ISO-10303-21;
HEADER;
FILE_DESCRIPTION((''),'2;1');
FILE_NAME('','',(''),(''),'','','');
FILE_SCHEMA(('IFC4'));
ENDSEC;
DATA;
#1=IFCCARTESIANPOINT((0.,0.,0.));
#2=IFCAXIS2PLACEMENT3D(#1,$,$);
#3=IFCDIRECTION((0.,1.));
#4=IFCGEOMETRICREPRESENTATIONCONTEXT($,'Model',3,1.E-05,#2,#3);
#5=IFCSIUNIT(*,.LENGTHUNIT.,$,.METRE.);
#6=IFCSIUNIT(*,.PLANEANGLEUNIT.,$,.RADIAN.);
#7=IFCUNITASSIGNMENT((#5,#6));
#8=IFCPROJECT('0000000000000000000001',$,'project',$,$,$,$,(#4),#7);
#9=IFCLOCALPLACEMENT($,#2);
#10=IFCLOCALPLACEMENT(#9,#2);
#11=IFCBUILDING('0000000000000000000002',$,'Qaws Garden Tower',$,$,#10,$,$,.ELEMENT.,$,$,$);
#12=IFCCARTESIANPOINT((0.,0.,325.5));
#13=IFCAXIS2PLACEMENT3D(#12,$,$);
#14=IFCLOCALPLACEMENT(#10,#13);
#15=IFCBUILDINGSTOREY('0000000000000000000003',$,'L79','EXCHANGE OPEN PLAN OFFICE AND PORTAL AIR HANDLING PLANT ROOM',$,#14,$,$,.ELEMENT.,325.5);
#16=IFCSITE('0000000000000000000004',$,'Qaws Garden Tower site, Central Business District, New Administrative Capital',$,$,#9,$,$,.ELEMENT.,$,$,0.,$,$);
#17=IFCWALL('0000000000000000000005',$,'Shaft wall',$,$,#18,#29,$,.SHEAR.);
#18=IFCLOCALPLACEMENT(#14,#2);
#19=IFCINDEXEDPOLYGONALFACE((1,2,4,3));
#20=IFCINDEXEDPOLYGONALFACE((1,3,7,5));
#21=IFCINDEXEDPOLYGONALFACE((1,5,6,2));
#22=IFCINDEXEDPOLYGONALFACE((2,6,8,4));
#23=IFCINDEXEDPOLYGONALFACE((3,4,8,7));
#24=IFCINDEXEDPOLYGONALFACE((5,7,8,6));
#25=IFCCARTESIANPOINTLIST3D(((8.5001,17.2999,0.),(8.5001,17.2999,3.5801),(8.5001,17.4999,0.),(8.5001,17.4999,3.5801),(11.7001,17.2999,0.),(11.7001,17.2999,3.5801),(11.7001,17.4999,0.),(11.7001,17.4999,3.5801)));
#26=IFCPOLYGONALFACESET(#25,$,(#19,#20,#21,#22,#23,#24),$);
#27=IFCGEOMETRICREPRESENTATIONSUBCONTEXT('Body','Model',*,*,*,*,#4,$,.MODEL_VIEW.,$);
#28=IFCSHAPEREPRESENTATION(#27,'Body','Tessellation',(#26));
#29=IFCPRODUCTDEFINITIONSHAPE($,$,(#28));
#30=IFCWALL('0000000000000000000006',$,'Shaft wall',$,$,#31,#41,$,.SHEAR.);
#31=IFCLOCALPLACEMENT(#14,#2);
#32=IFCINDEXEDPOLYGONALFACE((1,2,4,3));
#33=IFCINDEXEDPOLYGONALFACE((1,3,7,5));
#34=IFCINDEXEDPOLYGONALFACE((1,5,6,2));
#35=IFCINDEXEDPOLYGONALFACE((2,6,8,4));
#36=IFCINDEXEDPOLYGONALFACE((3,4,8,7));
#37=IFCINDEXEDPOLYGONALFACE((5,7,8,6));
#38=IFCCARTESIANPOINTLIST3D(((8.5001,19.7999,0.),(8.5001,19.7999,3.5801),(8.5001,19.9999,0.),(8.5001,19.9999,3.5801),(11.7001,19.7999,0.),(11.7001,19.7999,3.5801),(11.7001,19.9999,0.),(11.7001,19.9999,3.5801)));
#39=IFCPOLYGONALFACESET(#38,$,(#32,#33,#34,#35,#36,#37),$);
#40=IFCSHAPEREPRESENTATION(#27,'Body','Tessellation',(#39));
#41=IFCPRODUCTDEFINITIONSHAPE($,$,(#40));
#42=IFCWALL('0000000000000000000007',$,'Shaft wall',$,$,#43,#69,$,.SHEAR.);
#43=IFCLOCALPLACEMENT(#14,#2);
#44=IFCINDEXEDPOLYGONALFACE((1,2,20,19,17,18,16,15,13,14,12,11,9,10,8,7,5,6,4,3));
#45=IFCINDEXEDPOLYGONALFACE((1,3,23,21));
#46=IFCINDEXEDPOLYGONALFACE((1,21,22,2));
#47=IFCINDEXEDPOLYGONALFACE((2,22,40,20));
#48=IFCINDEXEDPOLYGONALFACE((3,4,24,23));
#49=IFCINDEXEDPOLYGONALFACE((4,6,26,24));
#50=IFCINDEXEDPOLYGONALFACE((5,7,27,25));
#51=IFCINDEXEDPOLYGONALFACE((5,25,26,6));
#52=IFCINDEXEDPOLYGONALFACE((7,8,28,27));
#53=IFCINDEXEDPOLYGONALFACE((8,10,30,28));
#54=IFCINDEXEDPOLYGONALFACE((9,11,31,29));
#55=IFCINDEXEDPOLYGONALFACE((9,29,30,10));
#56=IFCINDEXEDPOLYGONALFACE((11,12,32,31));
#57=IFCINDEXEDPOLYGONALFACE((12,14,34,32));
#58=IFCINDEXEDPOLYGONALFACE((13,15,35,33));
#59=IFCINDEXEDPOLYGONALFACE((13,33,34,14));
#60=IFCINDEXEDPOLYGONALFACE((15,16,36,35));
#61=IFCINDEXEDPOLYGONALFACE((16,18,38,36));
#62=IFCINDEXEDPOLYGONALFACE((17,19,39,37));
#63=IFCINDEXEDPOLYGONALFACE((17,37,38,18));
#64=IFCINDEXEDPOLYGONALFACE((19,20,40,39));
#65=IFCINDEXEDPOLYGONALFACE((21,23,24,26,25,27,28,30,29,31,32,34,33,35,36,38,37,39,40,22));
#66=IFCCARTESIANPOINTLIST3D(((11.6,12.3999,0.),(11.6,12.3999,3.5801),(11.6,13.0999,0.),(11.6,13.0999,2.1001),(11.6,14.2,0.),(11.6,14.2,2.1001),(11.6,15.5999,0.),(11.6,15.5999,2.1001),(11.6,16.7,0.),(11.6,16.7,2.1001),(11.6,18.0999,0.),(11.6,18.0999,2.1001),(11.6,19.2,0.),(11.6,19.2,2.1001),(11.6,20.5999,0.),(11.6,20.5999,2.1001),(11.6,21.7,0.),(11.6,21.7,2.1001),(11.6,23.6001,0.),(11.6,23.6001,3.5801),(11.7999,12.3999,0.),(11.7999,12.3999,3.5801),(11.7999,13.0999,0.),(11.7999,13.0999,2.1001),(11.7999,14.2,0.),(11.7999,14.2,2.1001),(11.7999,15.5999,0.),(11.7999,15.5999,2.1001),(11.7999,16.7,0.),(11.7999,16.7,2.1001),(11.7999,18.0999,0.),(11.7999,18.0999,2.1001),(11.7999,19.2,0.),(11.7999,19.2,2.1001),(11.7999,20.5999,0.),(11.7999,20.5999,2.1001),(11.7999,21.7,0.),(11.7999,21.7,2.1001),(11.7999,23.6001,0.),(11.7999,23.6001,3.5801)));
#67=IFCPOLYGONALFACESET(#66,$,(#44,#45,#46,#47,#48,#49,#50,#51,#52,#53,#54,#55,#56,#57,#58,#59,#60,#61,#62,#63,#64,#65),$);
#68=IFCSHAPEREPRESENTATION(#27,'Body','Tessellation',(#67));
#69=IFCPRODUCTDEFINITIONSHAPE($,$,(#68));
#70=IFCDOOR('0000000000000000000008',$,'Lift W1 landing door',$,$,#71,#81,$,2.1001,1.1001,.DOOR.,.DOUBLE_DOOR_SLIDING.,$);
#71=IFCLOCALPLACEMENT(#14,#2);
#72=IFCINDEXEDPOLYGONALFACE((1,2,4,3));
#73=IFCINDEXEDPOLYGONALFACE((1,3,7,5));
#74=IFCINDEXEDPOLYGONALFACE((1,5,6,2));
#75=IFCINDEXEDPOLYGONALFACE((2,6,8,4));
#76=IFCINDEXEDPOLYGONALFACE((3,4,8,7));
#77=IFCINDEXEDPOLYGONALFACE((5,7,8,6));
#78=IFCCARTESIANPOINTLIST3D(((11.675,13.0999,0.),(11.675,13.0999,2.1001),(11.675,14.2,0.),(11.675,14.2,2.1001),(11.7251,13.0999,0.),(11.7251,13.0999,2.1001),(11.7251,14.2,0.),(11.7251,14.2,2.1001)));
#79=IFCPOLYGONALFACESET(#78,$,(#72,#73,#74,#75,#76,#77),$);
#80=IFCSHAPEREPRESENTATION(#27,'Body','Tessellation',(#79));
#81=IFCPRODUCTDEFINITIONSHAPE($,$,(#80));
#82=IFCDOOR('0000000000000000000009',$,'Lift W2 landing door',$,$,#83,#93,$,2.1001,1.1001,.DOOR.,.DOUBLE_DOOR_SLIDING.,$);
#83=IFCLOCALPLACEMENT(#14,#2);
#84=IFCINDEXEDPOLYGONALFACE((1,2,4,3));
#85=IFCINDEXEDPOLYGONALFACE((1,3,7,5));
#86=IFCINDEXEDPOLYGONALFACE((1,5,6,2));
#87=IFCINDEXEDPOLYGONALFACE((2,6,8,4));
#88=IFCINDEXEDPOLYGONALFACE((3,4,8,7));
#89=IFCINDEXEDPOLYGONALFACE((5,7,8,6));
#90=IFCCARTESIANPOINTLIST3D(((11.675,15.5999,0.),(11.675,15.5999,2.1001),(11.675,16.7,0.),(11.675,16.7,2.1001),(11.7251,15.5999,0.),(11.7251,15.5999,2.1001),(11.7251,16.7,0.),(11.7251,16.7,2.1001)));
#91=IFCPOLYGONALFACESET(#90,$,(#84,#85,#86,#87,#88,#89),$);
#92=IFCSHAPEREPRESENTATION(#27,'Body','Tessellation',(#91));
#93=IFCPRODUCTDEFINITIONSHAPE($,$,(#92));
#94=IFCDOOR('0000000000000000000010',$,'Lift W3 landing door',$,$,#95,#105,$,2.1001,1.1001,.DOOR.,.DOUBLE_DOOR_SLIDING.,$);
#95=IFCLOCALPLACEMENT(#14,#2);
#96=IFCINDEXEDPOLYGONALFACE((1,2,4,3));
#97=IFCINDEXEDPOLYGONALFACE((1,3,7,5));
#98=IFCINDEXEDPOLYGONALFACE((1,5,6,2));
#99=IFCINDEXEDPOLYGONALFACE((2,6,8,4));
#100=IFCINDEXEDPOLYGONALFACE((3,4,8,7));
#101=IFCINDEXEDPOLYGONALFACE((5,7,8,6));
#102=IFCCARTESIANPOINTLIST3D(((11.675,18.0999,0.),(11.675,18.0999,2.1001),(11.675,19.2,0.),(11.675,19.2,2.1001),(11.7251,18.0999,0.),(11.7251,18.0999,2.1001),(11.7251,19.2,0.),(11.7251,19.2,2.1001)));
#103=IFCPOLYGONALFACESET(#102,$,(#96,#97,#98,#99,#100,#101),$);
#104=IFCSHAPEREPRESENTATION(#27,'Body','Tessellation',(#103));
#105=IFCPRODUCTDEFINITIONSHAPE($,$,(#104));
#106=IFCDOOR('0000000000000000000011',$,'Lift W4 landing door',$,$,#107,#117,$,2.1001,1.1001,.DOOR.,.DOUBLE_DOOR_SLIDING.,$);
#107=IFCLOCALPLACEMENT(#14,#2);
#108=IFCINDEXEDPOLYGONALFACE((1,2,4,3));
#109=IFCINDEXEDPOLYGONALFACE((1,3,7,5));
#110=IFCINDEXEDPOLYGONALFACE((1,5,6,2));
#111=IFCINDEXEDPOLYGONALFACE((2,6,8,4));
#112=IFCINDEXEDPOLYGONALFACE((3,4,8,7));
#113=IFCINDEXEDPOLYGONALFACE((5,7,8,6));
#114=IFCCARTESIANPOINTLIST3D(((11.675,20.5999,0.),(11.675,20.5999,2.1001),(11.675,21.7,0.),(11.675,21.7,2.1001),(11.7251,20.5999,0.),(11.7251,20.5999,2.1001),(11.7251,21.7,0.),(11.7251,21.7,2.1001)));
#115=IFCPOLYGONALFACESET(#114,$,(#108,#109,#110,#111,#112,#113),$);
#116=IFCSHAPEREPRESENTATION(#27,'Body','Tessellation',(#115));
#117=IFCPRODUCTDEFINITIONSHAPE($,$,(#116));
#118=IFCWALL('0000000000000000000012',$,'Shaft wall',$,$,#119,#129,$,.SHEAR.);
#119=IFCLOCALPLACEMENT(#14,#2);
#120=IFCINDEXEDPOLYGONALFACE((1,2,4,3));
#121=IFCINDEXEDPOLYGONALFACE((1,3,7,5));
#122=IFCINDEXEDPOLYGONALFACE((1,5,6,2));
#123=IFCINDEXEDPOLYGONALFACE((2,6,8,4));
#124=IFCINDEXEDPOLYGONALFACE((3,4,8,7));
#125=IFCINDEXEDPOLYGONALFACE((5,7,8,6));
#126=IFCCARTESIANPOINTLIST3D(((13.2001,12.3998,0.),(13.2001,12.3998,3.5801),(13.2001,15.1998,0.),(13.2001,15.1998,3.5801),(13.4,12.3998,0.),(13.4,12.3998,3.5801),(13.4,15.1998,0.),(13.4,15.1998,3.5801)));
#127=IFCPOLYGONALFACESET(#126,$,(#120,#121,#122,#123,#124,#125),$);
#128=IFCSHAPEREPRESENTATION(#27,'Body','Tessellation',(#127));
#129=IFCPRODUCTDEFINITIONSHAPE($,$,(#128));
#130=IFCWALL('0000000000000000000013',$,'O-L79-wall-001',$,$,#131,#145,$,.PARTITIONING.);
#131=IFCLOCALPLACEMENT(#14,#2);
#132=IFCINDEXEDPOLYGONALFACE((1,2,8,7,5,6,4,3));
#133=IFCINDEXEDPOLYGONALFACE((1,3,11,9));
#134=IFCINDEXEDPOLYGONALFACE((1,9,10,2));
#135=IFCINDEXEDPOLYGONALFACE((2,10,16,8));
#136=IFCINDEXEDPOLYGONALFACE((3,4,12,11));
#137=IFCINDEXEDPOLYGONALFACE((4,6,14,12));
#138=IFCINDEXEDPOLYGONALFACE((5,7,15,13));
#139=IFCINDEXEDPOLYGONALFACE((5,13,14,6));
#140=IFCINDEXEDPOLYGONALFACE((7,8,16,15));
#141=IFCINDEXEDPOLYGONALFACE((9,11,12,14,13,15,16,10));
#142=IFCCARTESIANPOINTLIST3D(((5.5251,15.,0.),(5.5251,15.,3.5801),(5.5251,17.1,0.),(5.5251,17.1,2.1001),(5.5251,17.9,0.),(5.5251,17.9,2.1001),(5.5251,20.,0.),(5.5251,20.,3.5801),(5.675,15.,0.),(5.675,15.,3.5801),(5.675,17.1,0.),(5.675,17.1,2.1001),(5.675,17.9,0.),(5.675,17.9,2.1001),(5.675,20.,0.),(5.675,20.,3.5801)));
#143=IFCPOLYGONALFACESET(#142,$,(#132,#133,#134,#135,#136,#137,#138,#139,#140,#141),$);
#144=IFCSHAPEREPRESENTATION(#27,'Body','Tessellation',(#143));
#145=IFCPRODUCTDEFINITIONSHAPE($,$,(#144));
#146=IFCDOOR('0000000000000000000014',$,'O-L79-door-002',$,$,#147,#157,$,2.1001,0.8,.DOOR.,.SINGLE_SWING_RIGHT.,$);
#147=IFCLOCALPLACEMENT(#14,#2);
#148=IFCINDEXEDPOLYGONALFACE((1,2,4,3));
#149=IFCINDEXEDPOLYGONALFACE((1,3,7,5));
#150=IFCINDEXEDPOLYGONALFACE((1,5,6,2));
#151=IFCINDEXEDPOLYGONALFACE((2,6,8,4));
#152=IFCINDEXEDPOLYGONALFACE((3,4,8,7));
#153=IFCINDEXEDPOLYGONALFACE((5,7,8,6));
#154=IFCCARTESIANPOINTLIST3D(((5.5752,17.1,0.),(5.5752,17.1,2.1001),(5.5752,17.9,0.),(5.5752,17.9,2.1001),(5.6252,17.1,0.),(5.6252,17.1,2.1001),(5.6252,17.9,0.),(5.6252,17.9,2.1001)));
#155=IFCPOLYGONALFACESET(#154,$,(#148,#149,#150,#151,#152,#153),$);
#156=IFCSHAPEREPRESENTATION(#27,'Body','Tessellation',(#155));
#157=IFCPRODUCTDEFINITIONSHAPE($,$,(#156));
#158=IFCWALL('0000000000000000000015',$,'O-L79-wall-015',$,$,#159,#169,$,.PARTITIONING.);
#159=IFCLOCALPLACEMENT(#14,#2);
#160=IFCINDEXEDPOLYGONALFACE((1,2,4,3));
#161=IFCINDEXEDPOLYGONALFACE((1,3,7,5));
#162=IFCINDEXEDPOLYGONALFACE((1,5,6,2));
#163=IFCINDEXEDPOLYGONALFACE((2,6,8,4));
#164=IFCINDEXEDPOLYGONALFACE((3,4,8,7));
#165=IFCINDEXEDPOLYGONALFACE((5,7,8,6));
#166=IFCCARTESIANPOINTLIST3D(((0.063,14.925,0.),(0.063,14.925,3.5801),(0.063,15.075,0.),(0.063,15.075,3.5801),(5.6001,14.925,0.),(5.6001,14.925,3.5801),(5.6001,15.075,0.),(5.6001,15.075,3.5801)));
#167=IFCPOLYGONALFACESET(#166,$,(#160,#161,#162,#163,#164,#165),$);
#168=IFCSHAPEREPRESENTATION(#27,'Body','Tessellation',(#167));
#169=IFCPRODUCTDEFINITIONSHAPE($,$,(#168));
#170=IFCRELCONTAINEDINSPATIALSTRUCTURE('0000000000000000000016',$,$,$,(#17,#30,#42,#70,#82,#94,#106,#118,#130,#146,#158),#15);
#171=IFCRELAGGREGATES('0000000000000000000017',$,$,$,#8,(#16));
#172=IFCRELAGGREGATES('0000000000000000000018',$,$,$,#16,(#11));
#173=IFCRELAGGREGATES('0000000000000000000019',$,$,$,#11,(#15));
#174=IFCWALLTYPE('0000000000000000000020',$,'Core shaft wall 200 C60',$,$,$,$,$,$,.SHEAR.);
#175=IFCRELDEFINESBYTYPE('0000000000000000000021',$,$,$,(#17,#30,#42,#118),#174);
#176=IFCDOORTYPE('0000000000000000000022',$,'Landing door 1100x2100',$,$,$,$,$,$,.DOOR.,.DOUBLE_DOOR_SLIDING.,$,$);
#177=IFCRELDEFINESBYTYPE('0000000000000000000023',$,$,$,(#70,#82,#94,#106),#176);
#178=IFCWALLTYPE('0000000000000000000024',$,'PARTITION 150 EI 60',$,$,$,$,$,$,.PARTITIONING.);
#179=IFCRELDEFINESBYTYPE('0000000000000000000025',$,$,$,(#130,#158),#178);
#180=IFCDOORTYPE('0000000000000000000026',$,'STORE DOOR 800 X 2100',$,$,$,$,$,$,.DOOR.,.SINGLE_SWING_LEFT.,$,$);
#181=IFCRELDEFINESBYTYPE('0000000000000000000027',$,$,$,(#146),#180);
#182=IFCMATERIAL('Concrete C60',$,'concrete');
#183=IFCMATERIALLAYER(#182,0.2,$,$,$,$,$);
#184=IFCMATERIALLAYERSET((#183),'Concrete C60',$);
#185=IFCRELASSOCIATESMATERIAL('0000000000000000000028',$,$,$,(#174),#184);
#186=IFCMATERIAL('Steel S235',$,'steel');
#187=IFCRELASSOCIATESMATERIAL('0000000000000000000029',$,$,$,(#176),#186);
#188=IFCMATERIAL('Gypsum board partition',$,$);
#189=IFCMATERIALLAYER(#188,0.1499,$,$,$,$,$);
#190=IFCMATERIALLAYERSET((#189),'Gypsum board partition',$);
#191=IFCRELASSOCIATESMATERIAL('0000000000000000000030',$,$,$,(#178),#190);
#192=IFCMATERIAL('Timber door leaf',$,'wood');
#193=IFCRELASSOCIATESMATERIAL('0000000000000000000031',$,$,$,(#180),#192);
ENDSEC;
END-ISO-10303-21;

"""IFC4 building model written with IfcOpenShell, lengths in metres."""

from ifc_helpers import new_model, si_unit, direction, frame, frame_2d, origin, place, context, subcontext, project, spatial, rectangle, extrude, material, layer, layer_set, type_object, element, fill, save


model = new_model("IFC4")

# Units and contexts
model_context = context("Model", 3, precision=1e-05, world=origin(), true_north=direction((0.0, 1.0)))
body_context = subcontext(model_context, "Body", "Model", "MODEL_VIEW")
ifc_project = project(units=[si_unit("LENGTHUNIT", "METRE"), si_unit("PLANEANGLEUNIT", "RADIAN")], contexts=[model_context])

# Site, building, storey
site_placement = place(None, origin())
site = spatial("IfcSite", under=ifc_project, at=site_placement, Name="Qaws Garden Tower site, Central Business District, New Administrative Capital", CompositionType="ELEMENT", RefElevation=0.0)
building_placement = place(site_placement, origin())
building = spatial("IfcBuilding", under=site, at=building_placement, Name="Qaws Garden Tower", CompositionType="ELEMENT")
storey_placement = place(building_placement, frame((0.0, 0.0, 325.5)))
storey = spatial("IfcBuildingStorey", under=building, at=storey_placement, Name="L79", Description="EXCHANGE OPEN PLAN OFFICE AND PORTAL AIR HANDLING PLANT ROOM", CompositionType="ELEMENT", Elevation=325.5)

# Walls
ifc_material_1 = material(Name="Concrete C60", Category="concrete")
ifc_layer_1 = layer(ifc_material_1, 0.2)
ifc_layer_set_1 = layer_set([ifc_layer_1], Name="Concrete C60")
wall_type_1 = type_object("IfcWallType", Name="Core shaft wall 200 C60", PredefinedType="SHEAR", material=ifc_layer_set_1)
for number, where, z_axis, x_axis, name in (
    (1, (8.5, 17.3999, 0.0), (0.0, 0.0, 1.0), (1.0, 0.0, 0.0), "Shaft wall"),
    (2, (8.5, 19.8999, 0.0), (0.0, 0.0, 1.0), (1.0, 0.0, 0.0), "Shaft wall"),
):
    element("IfcWall", number, at=place(storey_placement, frame(where, z_axis=z_axis, x_axis=x_axis)), inside=storey, type_object=wall_type_1, Name=name, PredefinedType="SHEAR", context=body_context, shape_type="SweptSolid", body=[
        extrude(rectangle(XDim=3.2, YDim=0.2, at=frame_2d((1.6001, 0.0))), origin(), (0.0, 0.0, 1.0), 3.5801),
    ])

# Wall, openings, doors
wall_1_placement = place(storey_placement, frame((11.7, 12.3999, 0.0), z_axis=(0.0, 0.0, 1.0), x_axis=(0.0, 1.0, 0.0)))
wall_1 = element("IfcWall", 3, at=wall_1_placement, inside=storey, type_object=wall_type_1, Name="Shaft wall", PredefinedType="SHEAR", context=body_context, shape_type="SweptSolid", body=[
    extrude(rectangle(XDim=11.2002, YDim=0.2, at=frame_2d((5.6001, 0.0))), origin(), (0.0, 0.0, 1.0), 3.5801),
])
opening_1_placement = place(wall_1_placement, frame((0.7, 0.0, 0.0)))
opening_1 = element("IfcOpeningElement", 4, at=opening_1_placement, cuts=wall_1, PredefinedType="OPENING", context=body_context, shape_type="SweptSolid", body=[
    extrude(rectangle(XDim=1.1001, YDim=2.1001, at=frame_2d((0.55, 1.05))), frame((0.0, 0.1099, 0.0), z_axis=(0.0, -1.0, 0.0), x_axis=(1.0, 0.0, 0.0)), (0.0, 0.0, 1.0), 0.22),
])
opening_2_placement = place(wall_1_placement, frame((3.2, 0.0, 0.0)))
opening_2 = element("IfcOpeningElement", 5, at=opening_2_placement, cuts=wall_1, PredefinedType="OPENING", context=body_context, shape_type="SweptSolid", body=[
    extrude(rectangle(XDim=1.1001, YDim=2.1001, at=frame_2d((0.55, 1.05))), frame((0.0, 0.1099, 0.0), z_axis=(0.0, -1.0, 0.0), x_axis=(1.0, 0.0, 0.0)), (0.0, 0.0, 1.0), 0.22),
])
opening_3_placement = place(wall_1_placement, frame((5.7, 0.0, 0.0)))
opening_3 = element("IfcOpeningElement", 6, at=opening_3_placement, cuts=wall_1, PredefinedType="OPENING", context=body_context, shape_type="SweptSolid", body=[
    extrude(rectangle(XDim=1.1001, YDim=2.1001, at=frame_2d((0.55, 1.05))), frame((0.0, 0.1099, 0.0), z_axis=(0.0, -1.0, 0.0), x_axis=(1.0, 0.0, 0.0)), (0.0, 0.0, 1.0), 0.22),
])
opening_4_placement = place(wall_1_placement, frame((8.2, 0.0, 0.0)))
opening_4 = element("IfcOpeningElement", 7, at=opening_4_placement, cuts=wall_1, PredefinedType="OPENING", context=body_context, shape_type="SweptSolid", body=[
    extrude(rectangle(XDim=1.1001, YDim=2.1001, at=frame_2d((0.55, 1.05))), frame((0.0, 0.1099, 0.0), z_axis=(0.0, -1.0, 0.0), x_axis=(1.0, 0.0, 0.0)), (0.0, 0.0, 1.0), 0.22),
])
ifc_material_2 = material(Name="Steel S235", Category="steel")
door_type_1 = type_object("IfcDoorType", Name="Landing door 1100x2100", OperationType="DOUBLE_DOOR_SLIDING", PredefinedType="DOOR", material=ifc_material_2)
door_1_placement = place(opening_1_placement, origin())
door_1 = element("IfcDoor", 8, at=door_1_placement, inside=storey, type_object=door_type_1, Name="Lift W1 landing door", OperationType="DOUBLE_DOOR_SLIDING", OverallHeight=2.1001, OverallWidth=1.1001, PredefinedType="DOOR", context=body_context, shape_type="SweptSolid", body=[
    extrude(rectangle(XDim=1.1001, YDim=2.1001, at=frame_2d((0.55, 1.05))), frame((0.0, 0.0249, 0.0), z_axis=(0.0, -1.0, 0.0), x_axis=(1.0, 0.0, 0.0)), (0.0, 0.0, 1.0), 0.05),
])
fill(opening_1, door_1)
door_2_placement = place(opening_2_placement, origin())
door_2 = element("IfcDoor", 9, at=door_2_placement, inside=storey, type_object=door_type_1, Name="Lift W2 landing door", OperationType="DOUBLE_DOOR_SLIDING", OverallHeight=2.1001, OverallWidth=1.1001, PredefinedType="DOOR", context=body_context, shape_type="SweptSolid", body=[
    extrude(rectangle(XDim=1.1001, YDim=2.1001, at=frame_2d((0.55, 1.05))), frame((0.0, 0.0249, 0.0), z_axis=(0.0, -1.0, 0.0), x_axis=(1.0, 0.0, 0.0)), (0.0, 0.0, 1.0), 0.05),
])
fill(opening_2, door_2)
door_3_placement = place(opening_3_placement, origin())
door_3 = element("IfcDoor", 10, at=door_3_placement, inside=storey, type_object=door_type_1, Name="Lift W3 landing door", OperationType="DOUBLE_DOOR_SLIDING", OverallHeight=2.1001, OverallWidth=1.1001, PredefinedType="DOOR", context=body_context, shape_type="SweptSolid", body=[
    extrude(rectangle(XDim=1.1001, YDim=2.1001, at=frame_2d((0.55, 1.05))), frame((0.0, 0.0249, 0.0), z_axis=(0.0, -1.0, 0.0), x_axis=(1.0, 0.0, 0.0)), (0.0, 0.0, 1.0), 0.05),
])
fill(opening_3, door_3)
door_4_placement = place(opening_4_placement, origin())
door_4 = element("IfcDoor", 11, at=door_4_placement, inside=storey, type_object=door_type_1, Name="Lift W4 landing door", OperationType="DOUBLE_DOOR_SLIDING", OverallHeight=2.1001, OverallWidth=1.1001, PredefinedType="DOOR", context=body_context, shape_type="SweptSolid", body=[
    extrude(rectangle(XDim=1.1001, YDim=2.1001, at=frame_2d((0.55, 1.05))), frame((0.0, 0.0249, 0.0), z_axis=(0.0, -1.0, 0.0), x_axis=(1.0, 0.0, 0.0)), (0.0, 0.0, 1.0), 0.05),
])
fill(opening_4, door_4)

# Wall
wall_2_placement = place(storey_placement, frame((13.3, 12.3999, 0.0), z_axis=(0.0, 0.0, 1.0), x_axis=(0.0, 1.0, 0.0)))
element("IfcWall", 12, at=wall_2_placement, inside=storey, type_object=wall_type_1, Name="Shaft wall", PredefinedType="SHEAR", context=body_context, shape_type="SweptSolid", body=[
    extrude(rectangle(XDim=2.8, YDim=0.2, at=frame_2d((1.3999, 0.0))), origin(), (0.0, 0.0, 1.0), 3.5801),
])

# Wall, opening, door
ifc_material_3 = material(Name="Gypsum board partition")
ifc_layer_2 = layer(ifc_material_3, 0.1499)
ifc_layer_set_2 = layer_set([ifc_layer_2], Name="Gypsum board partition")
wall_type_2 = type_object("IfcWallType", Name="PARTITION 150 EI 60", PredefinedType="PARTITIONING", material=ifc_layer_set_2)
wall_3_placement = place(storey_placement, frame((5.6001, 15.0, 0.0), z_axis=(0.0, 0.0, 1.0), x_axis=(0.0, 1.0, 0.0)))
wall_3 = element("IfcWall", 13, at=wall_3_placement, inside=storey, type_object=wall_type_2, Name="O-L79-wall-001", PredefinedType="PARTITIONING", context=body_context, shape_type="SweptSolid", body=[
    extrude(rectangle(XDim=5.0, YDim=0.1499, at=frame_2d((2.5, 0.0))), origin(), (0.0, 0.0, 1.0), 3.5801),
])
opening_5_placement = place(wall_3_placement, frame((2.1001, 0.0, 0.0)))
opening_5 = element("IfcOpeningElement", 14, at=opening_5_placement, cuts=wall_3, PredefinedType="OPENING", context=body_context, shape_type="SweptSolid", body=[
    extrude(rectangle(XDim=0.8, YDim=2.1001, at=frame_2d((0.3999, 1.05))), frame((0.0, 0.085, 0.0), z_axis=(0.0, -1.0, 0.0), x_axis=(1.0, 0.0, 0.0)), (0.0, 0.0, 1.0), 0.1699),
])
ifc_material_4 = material(Name="Timber door leaf", Category="wood")
door_type_2 = type_object("IfcDoorType", Name="STORE DOOR 800 X 2100", OperationType="SINGLE_SWING_LEFT", PredefinedType="DOOR", material=ifc_material_4)
door_5_placement = place(opening_5_placement, origin())
door_5 = element("IfcDoor", 15, at=door_5_placement, inside=storey, type_object=door_type_2, Name="O-L79-door-002", OperationType="SINGLE_SWING_RIGHT", OverallHeight=2.1001, OverallWidth=0.8, PredefinedType="DOOR", context=body_context, shape_type="SweptSolid", body=[
    extrude(rectangle(XDim=0.8, YDim=2.1001, at=frame_2d((0.3999, 1.05))), frame((0.0, 0.0249, 0.0), z_axis=(0.0, -1.0, 0.0), x_axis=(1.0, 0.0, 0.0)), (0.0, 0.0, 1.0), 0.05),
])
fill(opening_5, door_5)

# Wall
wall_4_placement = place(storey_placement, frame((0.063, 15.0, 0.0), z_axis=(0.0, 0.0, 1.0), x_axis=(1.0, 0.0, 0.0)))
element("IfcWall", 16, at=wall_4_placement, inside=storey, type_object=wall_type_2, Name="O-L79-wall-015", PredefinedType="PARTITIONING", context=body_context, shape_type="SweptSolid", body=[
    extrude(rectangle(XDim=5.5371, YDim=0.1499, at=frame_2d((2.7686, 0.0))), origin(), (0.0, 0.0, 1.0), 3.5801),
])

save(model, "model.ifc")
